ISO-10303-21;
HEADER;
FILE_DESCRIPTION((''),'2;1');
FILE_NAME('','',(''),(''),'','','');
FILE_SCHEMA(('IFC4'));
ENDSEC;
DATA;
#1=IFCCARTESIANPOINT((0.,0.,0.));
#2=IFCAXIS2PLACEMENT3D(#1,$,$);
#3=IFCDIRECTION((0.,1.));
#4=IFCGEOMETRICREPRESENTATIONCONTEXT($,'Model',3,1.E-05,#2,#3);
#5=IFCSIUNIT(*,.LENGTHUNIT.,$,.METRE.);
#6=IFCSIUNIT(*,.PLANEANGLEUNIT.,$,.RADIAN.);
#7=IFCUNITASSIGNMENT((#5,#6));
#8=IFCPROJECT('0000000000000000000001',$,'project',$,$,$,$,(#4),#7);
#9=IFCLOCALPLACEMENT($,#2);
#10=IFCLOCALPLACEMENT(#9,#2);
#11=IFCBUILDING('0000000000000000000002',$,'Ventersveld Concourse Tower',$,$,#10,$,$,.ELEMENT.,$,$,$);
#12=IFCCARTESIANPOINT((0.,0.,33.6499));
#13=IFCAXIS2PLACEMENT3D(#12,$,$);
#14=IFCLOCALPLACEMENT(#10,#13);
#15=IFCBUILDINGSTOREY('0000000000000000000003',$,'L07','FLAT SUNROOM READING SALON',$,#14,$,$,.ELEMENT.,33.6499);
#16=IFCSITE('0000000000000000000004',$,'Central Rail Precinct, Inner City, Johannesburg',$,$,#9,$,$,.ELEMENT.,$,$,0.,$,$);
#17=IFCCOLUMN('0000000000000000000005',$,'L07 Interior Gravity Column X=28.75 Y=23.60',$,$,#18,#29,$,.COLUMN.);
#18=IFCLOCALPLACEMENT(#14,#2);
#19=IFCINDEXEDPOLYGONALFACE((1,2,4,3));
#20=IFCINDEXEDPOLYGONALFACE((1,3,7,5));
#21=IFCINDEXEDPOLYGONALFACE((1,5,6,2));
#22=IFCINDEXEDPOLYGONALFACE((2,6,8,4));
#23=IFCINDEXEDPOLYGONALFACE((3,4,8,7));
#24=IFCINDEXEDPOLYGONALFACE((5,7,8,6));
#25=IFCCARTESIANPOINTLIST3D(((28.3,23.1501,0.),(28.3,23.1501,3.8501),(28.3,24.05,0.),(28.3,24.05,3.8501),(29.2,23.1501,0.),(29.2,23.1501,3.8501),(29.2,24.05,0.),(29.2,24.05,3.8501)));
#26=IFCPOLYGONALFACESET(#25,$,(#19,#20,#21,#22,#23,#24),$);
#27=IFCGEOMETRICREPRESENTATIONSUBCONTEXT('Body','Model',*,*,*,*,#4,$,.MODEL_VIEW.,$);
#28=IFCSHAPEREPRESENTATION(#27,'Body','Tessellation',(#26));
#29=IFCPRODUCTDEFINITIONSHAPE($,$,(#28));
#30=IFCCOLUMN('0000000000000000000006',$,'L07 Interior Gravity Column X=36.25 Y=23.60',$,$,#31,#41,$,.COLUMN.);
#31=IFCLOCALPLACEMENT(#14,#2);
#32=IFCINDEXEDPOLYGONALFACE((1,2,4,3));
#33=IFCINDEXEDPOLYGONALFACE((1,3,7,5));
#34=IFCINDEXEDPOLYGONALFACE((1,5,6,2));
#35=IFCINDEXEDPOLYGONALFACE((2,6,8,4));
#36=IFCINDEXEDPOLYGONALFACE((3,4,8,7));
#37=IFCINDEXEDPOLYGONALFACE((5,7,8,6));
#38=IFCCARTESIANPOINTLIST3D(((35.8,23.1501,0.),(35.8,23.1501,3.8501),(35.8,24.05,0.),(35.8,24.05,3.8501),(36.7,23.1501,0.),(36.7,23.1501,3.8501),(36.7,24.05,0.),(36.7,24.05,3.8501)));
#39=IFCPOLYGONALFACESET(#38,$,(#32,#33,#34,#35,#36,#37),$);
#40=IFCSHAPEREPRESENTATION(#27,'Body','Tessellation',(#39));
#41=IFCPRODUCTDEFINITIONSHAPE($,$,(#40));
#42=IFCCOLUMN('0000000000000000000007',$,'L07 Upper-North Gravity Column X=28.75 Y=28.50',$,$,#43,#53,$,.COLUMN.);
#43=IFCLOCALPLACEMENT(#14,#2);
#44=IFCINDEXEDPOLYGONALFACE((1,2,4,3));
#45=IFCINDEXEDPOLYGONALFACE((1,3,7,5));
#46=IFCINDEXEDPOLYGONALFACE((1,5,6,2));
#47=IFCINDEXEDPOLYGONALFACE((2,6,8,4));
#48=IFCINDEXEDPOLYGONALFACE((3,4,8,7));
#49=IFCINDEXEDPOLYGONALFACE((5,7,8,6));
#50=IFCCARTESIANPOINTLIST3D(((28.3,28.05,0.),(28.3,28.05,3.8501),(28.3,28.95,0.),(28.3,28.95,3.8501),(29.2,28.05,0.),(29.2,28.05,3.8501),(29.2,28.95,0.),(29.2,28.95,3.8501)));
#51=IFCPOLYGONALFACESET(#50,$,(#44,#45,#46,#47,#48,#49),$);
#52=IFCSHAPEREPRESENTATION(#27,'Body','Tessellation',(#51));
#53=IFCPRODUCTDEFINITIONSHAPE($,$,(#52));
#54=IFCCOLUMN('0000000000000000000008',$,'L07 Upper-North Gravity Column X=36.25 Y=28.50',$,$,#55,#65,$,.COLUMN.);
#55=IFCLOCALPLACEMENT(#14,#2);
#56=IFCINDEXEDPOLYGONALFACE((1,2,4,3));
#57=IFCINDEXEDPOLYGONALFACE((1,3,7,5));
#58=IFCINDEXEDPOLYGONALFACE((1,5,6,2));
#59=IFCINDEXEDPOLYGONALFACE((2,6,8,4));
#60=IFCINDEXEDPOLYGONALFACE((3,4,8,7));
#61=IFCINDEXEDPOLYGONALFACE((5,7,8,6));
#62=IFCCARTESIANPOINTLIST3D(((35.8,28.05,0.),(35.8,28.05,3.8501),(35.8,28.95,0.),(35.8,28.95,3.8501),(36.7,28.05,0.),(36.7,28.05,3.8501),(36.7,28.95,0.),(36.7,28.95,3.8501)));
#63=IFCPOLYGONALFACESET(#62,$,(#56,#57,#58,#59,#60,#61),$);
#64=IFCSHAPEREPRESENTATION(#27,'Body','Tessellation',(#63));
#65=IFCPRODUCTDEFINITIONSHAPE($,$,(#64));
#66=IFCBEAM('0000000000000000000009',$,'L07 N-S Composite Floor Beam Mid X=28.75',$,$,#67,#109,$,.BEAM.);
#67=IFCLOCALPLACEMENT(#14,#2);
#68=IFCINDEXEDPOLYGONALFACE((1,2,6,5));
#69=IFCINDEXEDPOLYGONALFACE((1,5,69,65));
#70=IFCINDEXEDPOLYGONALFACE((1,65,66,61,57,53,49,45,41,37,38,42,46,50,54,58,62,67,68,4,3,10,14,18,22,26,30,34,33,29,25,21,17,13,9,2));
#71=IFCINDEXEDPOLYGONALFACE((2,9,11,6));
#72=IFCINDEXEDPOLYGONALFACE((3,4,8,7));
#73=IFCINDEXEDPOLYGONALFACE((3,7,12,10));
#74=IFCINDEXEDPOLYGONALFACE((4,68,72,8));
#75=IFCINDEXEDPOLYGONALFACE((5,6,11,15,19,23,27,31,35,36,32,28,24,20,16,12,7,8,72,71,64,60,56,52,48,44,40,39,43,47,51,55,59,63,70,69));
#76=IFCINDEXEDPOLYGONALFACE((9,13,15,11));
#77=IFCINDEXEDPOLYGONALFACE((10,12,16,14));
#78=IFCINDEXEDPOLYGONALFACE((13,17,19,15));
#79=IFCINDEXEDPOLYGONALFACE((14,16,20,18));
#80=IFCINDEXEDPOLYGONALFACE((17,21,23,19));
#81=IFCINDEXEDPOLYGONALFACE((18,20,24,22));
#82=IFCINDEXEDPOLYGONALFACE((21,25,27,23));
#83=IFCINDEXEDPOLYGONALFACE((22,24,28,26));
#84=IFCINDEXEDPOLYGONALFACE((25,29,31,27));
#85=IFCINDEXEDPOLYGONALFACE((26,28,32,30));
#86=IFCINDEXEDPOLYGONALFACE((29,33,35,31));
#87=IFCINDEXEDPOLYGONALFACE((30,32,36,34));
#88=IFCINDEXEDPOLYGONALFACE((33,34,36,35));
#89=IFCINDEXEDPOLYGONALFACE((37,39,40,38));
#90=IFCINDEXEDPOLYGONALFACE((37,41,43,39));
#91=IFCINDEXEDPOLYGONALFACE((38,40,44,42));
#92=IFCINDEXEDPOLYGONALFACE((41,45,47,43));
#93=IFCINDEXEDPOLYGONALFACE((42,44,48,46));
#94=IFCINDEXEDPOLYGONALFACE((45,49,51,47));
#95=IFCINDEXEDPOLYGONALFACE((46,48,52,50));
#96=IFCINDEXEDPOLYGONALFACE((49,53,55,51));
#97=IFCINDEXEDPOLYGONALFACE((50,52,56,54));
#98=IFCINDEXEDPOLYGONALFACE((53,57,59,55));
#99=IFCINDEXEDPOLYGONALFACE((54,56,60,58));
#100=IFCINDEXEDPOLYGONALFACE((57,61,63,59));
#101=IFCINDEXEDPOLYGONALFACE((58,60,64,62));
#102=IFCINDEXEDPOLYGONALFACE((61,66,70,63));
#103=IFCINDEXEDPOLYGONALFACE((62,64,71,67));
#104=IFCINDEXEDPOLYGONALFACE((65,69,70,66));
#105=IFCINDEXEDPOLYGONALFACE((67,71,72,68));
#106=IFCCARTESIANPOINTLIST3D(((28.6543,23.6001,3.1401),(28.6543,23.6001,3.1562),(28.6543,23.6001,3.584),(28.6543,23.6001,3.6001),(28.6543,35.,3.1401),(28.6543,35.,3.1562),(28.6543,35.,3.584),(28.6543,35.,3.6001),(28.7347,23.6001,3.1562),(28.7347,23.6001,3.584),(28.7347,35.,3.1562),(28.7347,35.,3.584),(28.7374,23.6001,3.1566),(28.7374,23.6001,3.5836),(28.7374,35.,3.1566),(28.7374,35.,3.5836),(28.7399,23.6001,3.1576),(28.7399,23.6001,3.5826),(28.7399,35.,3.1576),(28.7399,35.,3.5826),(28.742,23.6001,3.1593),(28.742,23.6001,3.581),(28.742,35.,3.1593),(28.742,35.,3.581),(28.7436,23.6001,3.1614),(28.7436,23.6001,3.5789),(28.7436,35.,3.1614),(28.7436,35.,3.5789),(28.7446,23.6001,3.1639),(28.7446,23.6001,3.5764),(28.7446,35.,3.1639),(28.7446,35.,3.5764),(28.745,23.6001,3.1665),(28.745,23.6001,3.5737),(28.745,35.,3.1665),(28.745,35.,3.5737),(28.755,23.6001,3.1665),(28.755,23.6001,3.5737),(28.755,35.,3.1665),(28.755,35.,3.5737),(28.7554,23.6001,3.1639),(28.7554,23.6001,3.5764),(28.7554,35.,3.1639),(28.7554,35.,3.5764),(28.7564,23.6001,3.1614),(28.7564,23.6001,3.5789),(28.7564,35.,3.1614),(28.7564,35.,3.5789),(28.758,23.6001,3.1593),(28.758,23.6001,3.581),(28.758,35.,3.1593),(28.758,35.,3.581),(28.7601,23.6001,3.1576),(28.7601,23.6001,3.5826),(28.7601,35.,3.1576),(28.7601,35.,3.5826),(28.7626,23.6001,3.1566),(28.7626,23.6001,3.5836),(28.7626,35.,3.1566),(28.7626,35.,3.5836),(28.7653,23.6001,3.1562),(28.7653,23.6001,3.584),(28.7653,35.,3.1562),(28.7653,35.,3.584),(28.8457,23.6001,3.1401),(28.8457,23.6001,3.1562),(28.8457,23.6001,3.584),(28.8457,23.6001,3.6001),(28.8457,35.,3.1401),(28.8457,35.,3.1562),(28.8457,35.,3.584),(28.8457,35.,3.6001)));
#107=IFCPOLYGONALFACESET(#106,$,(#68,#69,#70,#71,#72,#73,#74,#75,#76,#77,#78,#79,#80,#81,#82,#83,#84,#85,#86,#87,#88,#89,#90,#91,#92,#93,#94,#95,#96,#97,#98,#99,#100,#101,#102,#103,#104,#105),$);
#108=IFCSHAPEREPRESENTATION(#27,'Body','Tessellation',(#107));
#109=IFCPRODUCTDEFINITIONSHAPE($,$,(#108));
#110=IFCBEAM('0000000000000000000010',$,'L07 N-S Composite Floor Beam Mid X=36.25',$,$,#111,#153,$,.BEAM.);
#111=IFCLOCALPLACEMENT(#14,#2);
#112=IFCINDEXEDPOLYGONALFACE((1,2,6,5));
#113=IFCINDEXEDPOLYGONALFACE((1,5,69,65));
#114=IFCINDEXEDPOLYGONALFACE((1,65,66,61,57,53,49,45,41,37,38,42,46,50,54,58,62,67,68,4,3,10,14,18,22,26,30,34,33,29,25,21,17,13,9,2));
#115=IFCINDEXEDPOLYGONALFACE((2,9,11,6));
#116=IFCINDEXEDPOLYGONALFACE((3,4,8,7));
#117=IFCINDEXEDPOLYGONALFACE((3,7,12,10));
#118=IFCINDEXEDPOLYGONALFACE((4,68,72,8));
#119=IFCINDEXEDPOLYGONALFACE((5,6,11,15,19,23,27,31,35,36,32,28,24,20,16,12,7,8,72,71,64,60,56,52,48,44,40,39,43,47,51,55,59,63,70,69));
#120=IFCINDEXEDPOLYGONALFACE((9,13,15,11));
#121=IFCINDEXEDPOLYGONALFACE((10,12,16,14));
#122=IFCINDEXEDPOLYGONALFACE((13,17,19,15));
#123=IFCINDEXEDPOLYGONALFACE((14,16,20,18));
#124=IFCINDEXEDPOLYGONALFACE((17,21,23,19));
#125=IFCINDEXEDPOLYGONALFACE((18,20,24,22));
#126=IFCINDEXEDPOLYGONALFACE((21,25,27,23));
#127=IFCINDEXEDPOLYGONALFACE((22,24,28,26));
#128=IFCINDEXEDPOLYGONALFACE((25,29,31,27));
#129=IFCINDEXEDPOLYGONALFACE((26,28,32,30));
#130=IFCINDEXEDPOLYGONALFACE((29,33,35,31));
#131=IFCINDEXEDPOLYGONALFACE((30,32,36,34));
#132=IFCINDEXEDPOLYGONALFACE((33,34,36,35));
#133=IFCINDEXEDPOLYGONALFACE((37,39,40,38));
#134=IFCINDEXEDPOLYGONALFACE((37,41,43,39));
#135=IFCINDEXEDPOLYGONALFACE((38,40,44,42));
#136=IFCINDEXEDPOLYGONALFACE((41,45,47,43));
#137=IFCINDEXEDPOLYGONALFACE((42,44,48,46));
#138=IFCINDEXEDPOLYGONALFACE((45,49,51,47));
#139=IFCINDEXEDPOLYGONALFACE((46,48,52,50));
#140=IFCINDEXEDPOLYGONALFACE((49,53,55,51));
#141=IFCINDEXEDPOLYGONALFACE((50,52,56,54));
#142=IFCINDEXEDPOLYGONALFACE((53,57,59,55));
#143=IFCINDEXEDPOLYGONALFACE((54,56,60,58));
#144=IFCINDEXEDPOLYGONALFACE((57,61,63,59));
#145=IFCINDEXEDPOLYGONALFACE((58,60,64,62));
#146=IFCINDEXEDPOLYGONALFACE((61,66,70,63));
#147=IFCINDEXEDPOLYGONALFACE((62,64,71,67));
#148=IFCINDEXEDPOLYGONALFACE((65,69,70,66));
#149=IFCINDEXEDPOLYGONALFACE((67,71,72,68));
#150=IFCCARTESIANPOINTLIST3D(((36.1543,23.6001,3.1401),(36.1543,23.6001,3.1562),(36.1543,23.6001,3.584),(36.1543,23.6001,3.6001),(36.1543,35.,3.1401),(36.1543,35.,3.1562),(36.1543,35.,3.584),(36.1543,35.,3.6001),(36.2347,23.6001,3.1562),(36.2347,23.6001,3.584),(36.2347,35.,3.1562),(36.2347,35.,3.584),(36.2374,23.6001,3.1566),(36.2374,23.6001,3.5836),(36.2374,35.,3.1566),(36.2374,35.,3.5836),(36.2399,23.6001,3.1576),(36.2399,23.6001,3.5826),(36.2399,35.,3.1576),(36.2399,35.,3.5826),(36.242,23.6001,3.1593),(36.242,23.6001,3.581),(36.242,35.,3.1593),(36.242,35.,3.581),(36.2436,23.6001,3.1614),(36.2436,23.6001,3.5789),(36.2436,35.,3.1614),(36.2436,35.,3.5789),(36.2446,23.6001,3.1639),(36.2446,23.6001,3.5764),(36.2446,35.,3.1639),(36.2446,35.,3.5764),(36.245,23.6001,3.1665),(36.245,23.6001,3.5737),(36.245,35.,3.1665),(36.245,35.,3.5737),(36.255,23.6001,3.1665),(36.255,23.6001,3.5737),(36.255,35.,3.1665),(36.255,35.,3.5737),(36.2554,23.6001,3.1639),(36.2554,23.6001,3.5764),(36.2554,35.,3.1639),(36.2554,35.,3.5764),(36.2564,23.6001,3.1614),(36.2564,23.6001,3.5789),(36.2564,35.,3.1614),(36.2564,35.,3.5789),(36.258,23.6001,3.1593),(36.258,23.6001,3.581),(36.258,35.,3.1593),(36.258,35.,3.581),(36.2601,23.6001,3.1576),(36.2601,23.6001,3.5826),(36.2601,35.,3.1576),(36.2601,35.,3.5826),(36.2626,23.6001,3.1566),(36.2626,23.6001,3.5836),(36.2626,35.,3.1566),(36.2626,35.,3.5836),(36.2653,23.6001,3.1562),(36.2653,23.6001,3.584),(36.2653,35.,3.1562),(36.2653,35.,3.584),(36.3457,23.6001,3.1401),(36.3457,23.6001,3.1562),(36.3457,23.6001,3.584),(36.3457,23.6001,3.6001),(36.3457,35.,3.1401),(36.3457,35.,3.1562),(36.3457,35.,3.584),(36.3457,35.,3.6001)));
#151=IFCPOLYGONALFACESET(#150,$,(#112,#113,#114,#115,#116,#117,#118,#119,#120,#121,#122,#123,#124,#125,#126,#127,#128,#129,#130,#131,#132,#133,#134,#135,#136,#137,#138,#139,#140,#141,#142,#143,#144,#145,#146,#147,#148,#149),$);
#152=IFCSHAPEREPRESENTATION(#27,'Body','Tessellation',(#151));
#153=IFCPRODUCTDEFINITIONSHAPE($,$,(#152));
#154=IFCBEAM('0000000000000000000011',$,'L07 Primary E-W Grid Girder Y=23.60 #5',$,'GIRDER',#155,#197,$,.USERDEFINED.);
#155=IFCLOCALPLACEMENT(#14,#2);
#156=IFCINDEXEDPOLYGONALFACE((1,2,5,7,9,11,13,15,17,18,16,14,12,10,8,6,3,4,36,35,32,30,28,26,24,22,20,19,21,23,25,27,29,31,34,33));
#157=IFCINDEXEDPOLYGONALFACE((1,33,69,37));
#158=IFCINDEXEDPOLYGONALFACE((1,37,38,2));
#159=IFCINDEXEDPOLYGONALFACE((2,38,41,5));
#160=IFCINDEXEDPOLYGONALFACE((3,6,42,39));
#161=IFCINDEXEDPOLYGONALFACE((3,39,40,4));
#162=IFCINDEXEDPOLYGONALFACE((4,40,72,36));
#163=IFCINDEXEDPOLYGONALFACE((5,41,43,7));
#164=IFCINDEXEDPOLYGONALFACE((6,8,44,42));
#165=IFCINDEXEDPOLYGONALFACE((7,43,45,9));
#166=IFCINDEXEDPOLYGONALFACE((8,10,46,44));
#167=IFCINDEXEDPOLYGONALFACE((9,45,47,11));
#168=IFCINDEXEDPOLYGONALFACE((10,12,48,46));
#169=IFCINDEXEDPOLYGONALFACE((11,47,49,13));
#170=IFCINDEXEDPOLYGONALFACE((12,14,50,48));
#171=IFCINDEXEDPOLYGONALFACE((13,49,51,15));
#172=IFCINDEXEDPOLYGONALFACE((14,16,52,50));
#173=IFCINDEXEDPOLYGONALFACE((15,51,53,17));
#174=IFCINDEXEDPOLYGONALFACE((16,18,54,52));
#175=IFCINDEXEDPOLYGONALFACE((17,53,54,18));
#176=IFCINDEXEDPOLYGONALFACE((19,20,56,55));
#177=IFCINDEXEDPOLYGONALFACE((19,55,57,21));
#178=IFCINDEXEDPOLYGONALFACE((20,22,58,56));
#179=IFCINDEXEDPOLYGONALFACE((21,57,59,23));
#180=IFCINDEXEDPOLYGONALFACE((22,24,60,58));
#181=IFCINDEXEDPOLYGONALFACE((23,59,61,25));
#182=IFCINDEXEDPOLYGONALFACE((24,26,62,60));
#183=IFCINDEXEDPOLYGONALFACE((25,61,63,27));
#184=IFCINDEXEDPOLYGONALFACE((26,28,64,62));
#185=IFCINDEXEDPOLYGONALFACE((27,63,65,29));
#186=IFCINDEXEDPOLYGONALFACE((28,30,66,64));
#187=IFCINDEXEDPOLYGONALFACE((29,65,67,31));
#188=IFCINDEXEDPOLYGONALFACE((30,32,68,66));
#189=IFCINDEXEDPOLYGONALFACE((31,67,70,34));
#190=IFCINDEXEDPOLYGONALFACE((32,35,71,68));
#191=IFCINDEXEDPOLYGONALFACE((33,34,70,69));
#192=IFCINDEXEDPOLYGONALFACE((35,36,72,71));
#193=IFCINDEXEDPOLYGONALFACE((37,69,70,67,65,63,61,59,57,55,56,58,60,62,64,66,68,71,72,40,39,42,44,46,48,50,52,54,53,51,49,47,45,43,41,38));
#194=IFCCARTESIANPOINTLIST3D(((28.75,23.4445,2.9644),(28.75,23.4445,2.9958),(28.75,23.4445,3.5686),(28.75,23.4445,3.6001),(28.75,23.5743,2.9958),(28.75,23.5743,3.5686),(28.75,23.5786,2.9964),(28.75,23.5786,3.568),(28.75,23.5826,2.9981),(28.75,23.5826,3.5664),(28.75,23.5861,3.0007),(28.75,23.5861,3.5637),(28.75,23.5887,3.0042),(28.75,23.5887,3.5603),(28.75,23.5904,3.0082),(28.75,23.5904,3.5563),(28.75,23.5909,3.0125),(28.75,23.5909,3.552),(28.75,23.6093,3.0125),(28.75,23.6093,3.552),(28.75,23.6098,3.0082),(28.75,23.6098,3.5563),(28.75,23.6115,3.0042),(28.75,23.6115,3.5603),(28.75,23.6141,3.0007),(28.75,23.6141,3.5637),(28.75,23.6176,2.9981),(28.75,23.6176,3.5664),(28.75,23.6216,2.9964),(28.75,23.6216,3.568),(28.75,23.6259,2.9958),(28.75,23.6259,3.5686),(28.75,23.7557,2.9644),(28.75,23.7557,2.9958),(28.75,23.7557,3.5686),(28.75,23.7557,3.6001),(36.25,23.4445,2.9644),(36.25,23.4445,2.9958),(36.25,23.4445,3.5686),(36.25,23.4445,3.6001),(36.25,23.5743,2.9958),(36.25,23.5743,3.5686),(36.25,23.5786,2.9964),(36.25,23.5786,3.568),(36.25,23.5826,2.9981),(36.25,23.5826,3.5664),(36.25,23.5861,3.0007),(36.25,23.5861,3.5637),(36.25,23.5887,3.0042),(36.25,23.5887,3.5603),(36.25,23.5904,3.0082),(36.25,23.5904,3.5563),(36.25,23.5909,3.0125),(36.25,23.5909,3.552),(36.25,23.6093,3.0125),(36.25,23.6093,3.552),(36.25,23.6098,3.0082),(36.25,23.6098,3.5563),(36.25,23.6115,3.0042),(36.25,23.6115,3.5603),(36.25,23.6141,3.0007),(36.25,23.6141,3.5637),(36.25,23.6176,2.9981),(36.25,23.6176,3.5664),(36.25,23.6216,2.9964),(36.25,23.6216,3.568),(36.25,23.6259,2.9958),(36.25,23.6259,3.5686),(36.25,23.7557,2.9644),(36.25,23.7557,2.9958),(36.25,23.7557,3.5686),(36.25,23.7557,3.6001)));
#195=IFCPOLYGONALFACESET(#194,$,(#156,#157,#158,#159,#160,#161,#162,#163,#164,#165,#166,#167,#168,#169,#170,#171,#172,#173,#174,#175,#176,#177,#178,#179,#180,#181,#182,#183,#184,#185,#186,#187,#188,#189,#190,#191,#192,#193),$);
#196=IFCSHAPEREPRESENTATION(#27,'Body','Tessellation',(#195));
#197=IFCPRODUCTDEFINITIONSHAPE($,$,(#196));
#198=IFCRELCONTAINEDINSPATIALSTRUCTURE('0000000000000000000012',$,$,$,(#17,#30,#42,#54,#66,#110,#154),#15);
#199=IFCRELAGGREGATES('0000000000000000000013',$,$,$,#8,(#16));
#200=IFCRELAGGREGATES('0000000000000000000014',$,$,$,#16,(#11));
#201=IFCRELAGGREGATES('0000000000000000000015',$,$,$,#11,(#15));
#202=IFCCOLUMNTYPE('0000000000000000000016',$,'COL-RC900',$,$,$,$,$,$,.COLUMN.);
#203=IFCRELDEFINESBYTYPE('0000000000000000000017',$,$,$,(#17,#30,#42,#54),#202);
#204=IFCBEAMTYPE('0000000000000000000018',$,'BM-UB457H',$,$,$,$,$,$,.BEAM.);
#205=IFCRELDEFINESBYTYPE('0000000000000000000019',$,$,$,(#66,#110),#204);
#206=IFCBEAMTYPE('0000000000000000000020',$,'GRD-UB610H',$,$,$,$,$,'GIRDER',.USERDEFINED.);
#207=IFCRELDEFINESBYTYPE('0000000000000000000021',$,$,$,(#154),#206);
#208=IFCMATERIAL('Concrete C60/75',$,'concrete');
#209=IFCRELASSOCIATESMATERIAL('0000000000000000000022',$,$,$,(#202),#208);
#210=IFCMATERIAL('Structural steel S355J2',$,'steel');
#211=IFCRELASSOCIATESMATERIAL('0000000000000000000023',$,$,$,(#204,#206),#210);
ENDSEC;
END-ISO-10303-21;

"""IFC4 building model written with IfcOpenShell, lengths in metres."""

from ifc_helpers import new_model, si_unit, direction, frame, origin, origin_2d, place, context, subcontext, project, spatial, rectangle, i_section, extrude, material, material_profile, profile_set, type_object, element, save


model = new_model("IFC4")

# Units and contexts
model_context = context("Model", 3, precision=1e-05, world=origin(), true_north=direction((0.0, 1.0)))
body_context = subcontext(model_context, "Body", "Model", "MODEL_VIEW")
ifc_project = project(units=[si_unit("LENGTHUNIT", "METRE"), si_unit("PLANEANGLEUNIT", "RADIAN")], contexts=[model_context])

# Site, building, storey
site_placement = place(None, origin())
site = spatial("IfcSite", under=ifc_project, at=site_placement, Name="Central Rail Precinct, Inner City, Johannesburg", CompositionType="ELEMENT", RefElevation=0.0)
building_placement = place(site_placement, origin())
building = spatial("IfcBuilding", under=site, at=building_placement, Name="Ventersveld Concourse Tower", CompositionType="ELEMENT")
storey_placement = place(building_placement, frame((0.0, 0.0, 33.6499)))
storey = spatial("IfcBuildingStorey", under=building, at=storey_placement, Name="L07", Description="FLAT SUNROOM READING SALON", CompositionType="ELEMENT", Elevation=33.6499)

# Columns
ifc_material_1 = material(Name="Concrete C60/75", Category="concrete")
ifc_material_profile_1 = material_profile(ifc_material_1, rectangle(XDim=0.8999, YDim=0.8999, at=origin_2d()), Name="RC 900x900")
ifc_profile_set_1 = profile_set([ifc_material_profile_1], Name="Concrete C60/75")
column_type = type_object("IfcColumnType", Name="COL-RC900", PredefinedType="COLUMN", material=ifc_profile_set_1)
for number, where, z_axis, x_axis, name in (
    (1, (28.75, 23.6001, 0.0), (0.0, 0.0, 1.0), (1.0, 0.0, 0.0), "L07 Interior Gravity Column X=28.75 Y=23.60"),
    (2, (36.25, 23.6001, 0.0), (0.0, 0.0, 1.0), (1.0, 0.0, 0.0), "L07 Interior Gravity Column X=36.25 Y=23.60"),
    (3, (28.75, 28.5, 0.0), (0.0, 0.0, 1.0), (1.0, 0.0, 0.0), "L07 Upper-North Gravity Column X=28.75 Y=28.50"),
    (4, (36.25, 28.5, 0.0), (0.0, 0.0, 1.0), (1.0, 0.0, 0.0), "L07 Upper-North Gravity Column X=36.25 Y=28.50"),
):
    element("IfcColumn", number, at=place(storey_placement, frame(where, z_axis=z_axis, x_axis=x_axis)), inside=storey, type_object=column_type, Name=name, PredefinedType="COLUMN", context=body_context, shape_type="SweptSolid", body=[
        extrude(rectangle(XDim=0.8999, YDim=0.8999, at=origin_2d()), origin(), (0.0, 0.0, 1.0), 3.8501),
    ])

# Beams
ifc_material_2 = material(Name="Structural steel S355J2", Category="steel")
ifc_material_profile_2 = material_profile(ifc_material_2, i_section(OverallWidth=0.1914, OverallDepth=0.46, WebThickness=0.01, FlangeThickness=0.0161, FilletRadius=0.0103, at=origin_2d()), Name="UB 457x191x82")
ifc_profile_set_2 = profile_set([ifc_material_profile_2], Name="Structural steel S355J2")
beam_type_1 = type_object("IfcBeamType", Name="BM-UB457H", PredefinedType="BEAM", material=ifc_profile_set_2)
for number, where, z_axis, x_axis, name in (
    (5, (28.75, 23.6001, 3.3701), (0.0, 1.0, 0.0), (-1.0, 0.0, 0.0), "L07 N-S Composite Floor Beam Mid X=28.75"),
    (6, (36.25, 23.6001, 3.3701), (0.0, 1.0, 0.0), (-1.0, 0.0, 0.0), "L07 N-S Composite Floor Beam Mid X=36.25"),
):
    element("IfcBeam", number, at=place(storey_placement, frame(where, z_axis=z_axis, x_axis=x_axis)), inside=storey, type_object=beam_type_1, Name=name, PredefinedType="BEAM", context=body_context, shape_type="SweptSolid", body=[
        extrude(i_section(OverallWidth=0.1914, OverallDepth=0.46, WebThickness=0.01, FlangeThickness=0.0161, FilletRadius=0.0103, at=origin_2d()), origin(), (0.0, 0.0, 1.0), 11.3999),
    ])
ifc_material_profile_3 = material_profile(ifc_material_2, i_section(OverallWidth=0.3113, OverallDepth=0.6357, WebThickness=0.0183, FlangeThickness=0.0315, FilletRadius=0.0166, at=origin_2d()), Name="UB 610x305x238")
ifc_profile_set_3 = profile_set([ifc_material_profile_3], Name="Structural steel S355J2")
beam_type_2 = type_object("IfcBeamType", Name="GRD-UB610H", ElementType="GIRDER", PredefinedType="USERDEFINED", material=ifc_profile_set_3)
for number, where, z_axis, x_axis, name in (
    (7, (28.75, 23.6001, 3.2822), (1.0, 0.0, 0.0), (0.0, 1.0, 0.0), "L07 Primary E-W Grid Girder Y=23.60 #5"),
):
    element("IfcBeam", number, at=place(storey_placement, frame(where, z_axis=z_axis, x_axis=x_axis)), inside=storey, type_object=beam_type_2, Name=name, ObjectType="GIRDER", PredefinedType="USERDEFINED", context=body_context, shape_type="SweptSolid", body=[
        extrude(i_section(OverallWidth=0.3113, OverallDepth=0.6357, WebThickness=0.0183, FlangeThickness=0.0315, FilletRadius=0.0166, at=origin_2d()), origin(), (0.0, 0.0, 1.0), 7.5),
    ])

save(model, "model.ifc")
